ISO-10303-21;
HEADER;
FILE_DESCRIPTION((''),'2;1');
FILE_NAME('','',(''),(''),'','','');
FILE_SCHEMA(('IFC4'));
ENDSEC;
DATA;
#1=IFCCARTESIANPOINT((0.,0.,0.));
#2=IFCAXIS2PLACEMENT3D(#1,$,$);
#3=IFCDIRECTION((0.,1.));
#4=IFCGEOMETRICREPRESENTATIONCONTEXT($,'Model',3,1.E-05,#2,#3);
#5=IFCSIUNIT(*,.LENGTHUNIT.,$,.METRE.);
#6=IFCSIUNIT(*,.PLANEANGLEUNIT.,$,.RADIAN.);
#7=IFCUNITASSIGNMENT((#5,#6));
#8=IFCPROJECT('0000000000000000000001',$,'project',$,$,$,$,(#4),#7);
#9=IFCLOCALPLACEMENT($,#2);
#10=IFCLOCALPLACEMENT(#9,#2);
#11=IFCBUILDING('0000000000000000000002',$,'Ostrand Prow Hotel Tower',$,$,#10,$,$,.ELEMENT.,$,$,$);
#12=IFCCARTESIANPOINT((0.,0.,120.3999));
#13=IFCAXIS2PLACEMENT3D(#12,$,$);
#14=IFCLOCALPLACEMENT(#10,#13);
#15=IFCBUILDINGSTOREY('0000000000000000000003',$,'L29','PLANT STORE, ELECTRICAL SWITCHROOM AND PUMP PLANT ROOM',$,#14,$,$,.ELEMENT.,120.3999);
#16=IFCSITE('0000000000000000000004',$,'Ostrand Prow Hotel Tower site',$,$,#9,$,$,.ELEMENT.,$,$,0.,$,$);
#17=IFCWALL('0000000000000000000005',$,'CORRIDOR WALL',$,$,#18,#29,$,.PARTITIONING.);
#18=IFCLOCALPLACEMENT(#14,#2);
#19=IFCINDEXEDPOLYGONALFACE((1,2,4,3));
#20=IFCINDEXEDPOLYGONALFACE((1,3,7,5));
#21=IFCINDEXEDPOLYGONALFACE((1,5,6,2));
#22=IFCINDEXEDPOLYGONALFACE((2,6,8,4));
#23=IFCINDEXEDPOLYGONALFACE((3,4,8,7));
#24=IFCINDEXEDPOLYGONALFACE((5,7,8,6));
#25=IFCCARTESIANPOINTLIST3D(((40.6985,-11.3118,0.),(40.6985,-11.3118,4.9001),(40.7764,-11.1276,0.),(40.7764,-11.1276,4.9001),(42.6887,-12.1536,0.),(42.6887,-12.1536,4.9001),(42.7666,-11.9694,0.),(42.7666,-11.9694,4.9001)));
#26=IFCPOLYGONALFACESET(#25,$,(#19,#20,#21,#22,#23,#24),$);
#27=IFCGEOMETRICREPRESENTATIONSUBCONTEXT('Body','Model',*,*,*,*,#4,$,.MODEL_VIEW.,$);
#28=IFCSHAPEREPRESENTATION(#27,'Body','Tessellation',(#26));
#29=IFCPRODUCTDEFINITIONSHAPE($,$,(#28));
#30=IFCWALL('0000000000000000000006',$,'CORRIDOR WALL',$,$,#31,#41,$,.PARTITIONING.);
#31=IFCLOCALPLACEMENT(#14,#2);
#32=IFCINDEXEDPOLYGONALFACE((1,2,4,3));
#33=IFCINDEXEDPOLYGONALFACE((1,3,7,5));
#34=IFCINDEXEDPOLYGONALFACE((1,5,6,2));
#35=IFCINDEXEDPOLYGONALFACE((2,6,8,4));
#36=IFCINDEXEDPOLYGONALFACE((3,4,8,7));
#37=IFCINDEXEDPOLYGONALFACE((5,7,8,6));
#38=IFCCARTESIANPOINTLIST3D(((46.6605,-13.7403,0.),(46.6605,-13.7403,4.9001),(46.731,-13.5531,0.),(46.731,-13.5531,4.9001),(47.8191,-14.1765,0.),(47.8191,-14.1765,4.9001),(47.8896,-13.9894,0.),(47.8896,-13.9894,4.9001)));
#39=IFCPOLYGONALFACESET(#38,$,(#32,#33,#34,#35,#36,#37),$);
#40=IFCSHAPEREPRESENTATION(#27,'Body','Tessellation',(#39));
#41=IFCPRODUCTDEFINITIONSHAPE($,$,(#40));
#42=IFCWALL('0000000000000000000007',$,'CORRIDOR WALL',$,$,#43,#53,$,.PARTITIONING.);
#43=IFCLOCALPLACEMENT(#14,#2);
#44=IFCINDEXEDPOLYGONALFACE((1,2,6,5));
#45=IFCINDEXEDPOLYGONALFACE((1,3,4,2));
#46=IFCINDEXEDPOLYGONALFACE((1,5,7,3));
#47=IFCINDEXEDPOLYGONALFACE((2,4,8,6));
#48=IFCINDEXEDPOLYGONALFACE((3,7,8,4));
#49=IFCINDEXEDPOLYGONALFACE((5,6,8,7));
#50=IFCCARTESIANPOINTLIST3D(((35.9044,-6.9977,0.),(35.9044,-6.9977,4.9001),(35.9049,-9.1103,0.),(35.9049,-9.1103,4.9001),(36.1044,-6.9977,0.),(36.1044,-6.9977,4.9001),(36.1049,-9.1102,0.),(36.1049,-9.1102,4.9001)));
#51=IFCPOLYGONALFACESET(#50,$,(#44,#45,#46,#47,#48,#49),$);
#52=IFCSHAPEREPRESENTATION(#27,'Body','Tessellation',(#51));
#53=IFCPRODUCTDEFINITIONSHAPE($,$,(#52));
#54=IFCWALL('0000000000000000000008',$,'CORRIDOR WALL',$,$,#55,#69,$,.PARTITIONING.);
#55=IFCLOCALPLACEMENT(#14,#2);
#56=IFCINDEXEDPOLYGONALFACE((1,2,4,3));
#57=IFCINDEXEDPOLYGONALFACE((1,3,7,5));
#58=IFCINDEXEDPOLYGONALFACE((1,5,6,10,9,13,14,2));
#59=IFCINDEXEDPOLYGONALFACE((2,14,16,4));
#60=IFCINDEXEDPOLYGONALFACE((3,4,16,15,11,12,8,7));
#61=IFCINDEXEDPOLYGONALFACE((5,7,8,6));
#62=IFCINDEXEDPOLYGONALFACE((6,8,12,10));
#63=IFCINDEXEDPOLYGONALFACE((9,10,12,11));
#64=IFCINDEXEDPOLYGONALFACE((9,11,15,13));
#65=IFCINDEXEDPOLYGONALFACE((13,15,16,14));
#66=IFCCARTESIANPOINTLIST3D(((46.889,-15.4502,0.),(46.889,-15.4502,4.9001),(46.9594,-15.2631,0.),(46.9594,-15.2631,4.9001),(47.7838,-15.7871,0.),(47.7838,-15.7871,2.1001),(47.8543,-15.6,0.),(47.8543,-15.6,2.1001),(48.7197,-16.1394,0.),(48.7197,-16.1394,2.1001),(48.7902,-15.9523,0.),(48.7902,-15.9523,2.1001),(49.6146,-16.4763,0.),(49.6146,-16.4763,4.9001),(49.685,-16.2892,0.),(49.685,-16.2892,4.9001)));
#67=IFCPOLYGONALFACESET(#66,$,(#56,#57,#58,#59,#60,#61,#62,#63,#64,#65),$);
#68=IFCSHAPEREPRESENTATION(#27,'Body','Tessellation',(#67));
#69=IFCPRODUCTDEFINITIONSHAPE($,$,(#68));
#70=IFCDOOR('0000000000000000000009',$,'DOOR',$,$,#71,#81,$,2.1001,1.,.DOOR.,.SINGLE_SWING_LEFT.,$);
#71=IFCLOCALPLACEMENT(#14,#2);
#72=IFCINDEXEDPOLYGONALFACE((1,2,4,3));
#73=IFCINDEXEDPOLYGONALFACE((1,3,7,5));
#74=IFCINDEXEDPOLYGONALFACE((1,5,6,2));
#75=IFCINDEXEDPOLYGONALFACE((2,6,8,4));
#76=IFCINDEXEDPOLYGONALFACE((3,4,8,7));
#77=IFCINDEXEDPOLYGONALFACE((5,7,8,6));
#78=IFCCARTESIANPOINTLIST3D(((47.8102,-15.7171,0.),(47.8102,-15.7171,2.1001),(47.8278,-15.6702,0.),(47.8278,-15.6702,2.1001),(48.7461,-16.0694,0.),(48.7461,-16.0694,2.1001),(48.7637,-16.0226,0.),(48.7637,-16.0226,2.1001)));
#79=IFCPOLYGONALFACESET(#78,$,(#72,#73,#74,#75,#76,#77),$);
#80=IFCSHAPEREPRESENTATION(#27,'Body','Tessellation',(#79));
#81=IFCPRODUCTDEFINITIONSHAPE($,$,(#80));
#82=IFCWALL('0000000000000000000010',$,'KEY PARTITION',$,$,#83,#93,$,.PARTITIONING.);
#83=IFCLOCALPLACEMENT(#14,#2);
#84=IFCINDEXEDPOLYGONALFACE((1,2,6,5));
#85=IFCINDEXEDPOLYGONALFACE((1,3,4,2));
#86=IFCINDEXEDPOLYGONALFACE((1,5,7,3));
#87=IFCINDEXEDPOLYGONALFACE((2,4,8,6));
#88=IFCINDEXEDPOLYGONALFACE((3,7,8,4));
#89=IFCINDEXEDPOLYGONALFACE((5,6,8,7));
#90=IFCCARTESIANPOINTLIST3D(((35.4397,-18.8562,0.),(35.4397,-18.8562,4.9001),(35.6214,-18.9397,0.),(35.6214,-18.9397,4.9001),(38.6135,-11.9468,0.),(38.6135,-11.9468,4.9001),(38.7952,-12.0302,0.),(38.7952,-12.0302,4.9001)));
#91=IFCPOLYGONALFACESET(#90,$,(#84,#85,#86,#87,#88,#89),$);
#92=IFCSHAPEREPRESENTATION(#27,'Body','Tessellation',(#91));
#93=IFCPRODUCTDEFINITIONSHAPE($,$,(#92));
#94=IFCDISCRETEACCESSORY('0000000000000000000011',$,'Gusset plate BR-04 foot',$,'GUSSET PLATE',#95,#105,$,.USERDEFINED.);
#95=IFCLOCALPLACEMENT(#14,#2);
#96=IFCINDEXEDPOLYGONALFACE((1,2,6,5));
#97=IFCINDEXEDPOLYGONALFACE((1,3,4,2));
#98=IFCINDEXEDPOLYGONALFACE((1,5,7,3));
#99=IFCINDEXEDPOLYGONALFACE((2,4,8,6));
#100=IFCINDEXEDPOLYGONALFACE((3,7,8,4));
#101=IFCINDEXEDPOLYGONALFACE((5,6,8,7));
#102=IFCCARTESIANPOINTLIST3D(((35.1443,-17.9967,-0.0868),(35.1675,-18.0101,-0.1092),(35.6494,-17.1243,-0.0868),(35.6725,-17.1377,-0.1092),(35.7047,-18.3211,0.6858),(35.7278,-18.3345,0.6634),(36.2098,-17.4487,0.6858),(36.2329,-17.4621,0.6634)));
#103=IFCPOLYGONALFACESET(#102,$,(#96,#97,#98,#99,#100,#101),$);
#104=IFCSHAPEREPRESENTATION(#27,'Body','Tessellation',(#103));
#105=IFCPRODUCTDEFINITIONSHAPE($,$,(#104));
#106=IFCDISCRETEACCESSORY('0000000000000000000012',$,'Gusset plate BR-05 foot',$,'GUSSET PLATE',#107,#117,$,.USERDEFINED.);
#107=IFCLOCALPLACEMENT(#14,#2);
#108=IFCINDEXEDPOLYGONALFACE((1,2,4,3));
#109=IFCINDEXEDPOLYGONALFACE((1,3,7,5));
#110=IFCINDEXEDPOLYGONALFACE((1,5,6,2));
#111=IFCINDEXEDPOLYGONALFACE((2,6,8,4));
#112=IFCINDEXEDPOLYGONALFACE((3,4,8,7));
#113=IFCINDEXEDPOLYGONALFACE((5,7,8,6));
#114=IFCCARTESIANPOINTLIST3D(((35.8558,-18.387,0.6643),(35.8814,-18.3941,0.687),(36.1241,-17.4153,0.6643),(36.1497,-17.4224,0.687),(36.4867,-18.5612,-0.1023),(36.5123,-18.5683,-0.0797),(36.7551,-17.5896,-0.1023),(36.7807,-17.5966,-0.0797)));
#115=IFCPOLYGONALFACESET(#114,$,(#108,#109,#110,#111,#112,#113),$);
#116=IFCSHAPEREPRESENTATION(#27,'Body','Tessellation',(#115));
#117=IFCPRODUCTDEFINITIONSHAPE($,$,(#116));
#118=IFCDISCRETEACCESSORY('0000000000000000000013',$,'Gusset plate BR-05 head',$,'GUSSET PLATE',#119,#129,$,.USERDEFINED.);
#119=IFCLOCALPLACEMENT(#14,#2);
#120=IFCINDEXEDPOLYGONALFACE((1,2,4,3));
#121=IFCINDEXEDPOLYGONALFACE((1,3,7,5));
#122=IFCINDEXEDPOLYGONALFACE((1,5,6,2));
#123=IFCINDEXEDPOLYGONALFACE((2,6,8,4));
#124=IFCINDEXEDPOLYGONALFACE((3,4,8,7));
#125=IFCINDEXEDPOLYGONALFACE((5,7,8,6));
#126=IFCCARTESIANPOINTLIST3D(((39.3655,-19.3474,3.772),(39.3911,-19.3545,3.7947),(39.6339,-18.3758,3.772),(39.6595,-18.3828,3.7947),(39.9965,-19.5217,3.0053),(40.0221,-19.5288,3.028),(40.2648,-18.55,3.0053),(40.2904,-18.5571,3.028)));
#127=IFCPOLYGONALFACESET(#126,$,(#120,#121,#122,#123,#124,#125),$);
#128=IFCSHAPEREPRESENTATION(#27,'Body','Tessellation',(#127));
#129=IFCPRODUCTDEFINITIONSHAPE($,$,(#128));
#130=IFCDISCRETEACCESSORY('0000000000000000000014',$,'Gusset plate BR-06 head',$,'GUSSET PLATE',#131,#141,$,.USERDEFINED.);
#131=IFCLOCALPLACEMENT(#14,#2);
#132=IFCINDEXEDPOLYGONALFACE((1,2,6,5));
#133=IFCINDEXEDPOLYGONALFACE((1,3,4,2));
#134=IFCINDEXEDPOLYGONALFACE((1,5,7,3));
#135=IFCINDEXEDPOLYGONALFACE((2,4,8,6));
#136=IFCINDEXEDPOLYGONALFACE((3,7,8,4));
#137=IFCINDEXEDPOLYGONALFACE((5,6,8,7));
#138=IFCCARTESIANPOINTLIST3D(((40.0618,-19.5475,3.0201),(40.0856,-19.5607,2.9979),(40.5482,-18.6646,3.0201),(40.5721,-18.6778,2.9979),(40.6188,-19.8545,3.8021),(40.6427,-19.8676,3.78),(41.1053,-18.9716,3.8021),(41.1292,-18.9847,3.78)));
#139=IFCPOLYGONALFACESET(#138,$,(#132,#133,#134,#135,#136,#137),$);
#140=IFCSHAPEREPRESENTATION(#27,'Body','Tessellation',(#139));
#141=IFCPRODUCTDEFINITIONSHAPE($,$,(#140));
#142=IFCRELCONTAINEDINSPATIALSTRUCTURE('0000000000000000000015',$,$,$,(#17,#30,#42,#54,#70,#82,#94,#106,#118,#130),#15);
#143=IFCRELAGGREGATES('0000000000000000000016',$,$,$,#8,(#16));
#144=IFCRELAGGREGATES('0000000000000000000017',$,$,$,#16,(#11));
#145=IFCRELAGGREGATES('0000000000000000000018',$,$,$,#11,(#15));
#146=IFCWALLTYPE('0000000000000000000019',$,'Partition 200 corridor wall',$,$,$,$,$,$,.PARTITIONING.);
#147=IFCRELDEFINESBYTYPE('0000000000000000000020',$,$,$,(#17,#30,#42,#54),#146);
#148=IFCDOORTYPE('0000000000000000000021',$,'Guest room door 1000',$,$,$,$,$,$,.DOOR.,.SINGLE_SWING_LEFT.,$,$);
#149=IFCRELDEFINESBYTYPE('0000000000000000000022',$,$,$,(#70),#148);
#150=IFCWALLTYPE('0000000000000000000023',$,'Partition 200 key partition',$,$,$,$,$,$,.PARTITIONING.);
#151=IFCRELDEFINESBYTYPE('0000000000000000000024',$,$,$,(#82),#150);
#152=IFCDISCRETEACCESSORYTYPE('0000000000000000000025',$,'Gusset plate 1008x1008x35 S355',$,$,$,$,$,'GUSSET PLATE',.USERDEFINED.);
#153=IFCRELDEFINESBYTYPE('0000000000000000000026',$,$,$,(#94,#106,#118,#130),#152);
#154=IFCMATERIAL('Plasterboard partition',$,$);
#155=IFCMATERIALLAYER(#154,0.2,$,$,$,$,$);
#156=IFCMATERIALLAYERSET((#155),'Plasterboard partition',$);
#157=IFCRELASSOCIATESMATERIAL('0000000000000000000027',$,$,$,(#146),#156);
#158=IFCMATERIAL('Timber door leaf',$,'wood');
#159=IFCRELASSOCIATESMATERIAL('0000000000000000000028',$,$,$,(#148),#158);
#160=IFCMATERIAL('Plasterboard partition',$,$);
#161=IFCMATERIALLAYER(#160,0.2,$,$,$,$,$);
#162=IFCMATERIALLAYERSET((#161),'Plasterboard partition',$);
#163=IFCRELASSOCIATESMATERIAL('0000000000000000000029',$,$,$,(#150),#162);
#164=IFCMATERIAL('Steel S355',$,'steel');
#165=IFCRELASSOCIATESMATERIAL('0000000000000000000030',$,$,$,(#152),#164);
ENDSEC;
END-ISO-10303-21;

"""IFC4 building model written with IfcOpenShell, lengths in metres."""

from ifc_helpers import new_model, si_unit, direction, frame, frame_2d, origin, origin_2d, place, context, subcontext, project, spatial, rectangle, extrude, material, layer, layer_set, material_profile, profile_set, type_object, element, fill, save


model = new_model("IFC4")

# Units and contexts
model_context = context("Model", 3, precision=1e-05, world=origin(), true_north=direction((0.0, 1.0)))
body_context = subcontext(model_context, "Body", "Model", "MODEL_VIEW")
ifc_project = project(units=[si_unit("LENGTHUNIT", "METRE"), si_unit("PLANEANGLEUNIT", "RADIAN")], contexts=[model_context])

# Site, building, storey
site_placement = place(None, origin())
site = spatial("IfcSite", under=ifc_project, at=site_placement, Name="Ostrand Prow Hotel Tower site", CompositionType="ELEMENT", RefElevation=0.0)
building_placement = place(site_placement, origin())
building = spatial("IfcBuilding", under=site, at=building_placement, Name="Ostrand Prow Hotel Tower", CompositionType="ELEMENT")
storey_placement = place(building_placement, frame((0.0, 0.0, 120.3999)))
storey = spatial("IfcBuildingStorey", under=building, at=storey_placement, Name="L29", Description="PLANT STORE, ELECTRICAL SWITCHROOM AND PUMP PLANT ROOM", CompositionType="ELEMENT", Elevation=120.3999)

# Shared definitions
ifc_material_1 = material(Name="Plasterboard partition")
ifc_layer_1 = layer(ifc_material_1, 0.2)
ifc_layer_set_1 = layer_set([ifc_layer_1], Name="Plasterboard partition")
wall_type_1 = type_object("IfcWallType", Name="Partition 200 corridor wall", PredefinedType="PARTITIONING", material=ifc_layer_set_1)
ifc_material_2 = material(Name="Timber door leaf", Category="wood")
door_type_1 = type_object("IfcDoorType", Name="Guest room door 1000", OperationType="SINGLE_SWING_LEFT", PredefinedType="DOOR", material=ifc_material_2)

# Walls
wall_1_placement = place(storey_placement, frame((42.7278, -12.0615, 0.0), z_axis=(0.0, 0.0, 1.0), x_axis=(-0.921005, 0.389552, 0.0)))
element("IfcWall", 1, at=wall_1_placement, inside=storey, type_object=wall_type_1, Name="CORRIDOR WALL", PredefinedType="PARTITIONING", context=body_context, shape_type="SweptSolid", body=[
    extrude(rectangle(XDim=2.1609, YDim=0.2, at=frame_2d((1.0806, 0.0))), origin(), (0.0, 0.0, 1.0), 4.9001),
])
wall_2_placement = place(storey_placement, frame((47.8545, -14.083, 0.0), z_axis=(0.0, 0.0, 1.0), x_axis=(-0.935858, 0.352376, 0.0)))
element("IfcWall", 2, at=wall_2_placement, inside=storey, type_object=wall_type_1, Name="CORRIDOR WALL", PredefinedType="PARTITIONING", context=body_context, shape_type="SweptSolid", body=[
    extrude(rectangle(XDim=1.238, YDim=0.2, at=frame_2d((0.6191, 0.0))), origin(), (0.0, 0.0, 1.0), 4.9001),
])
wall_3_placement = place(storey_placement, frame((36.0049, -9.1101, 0.0), z_axis=(0.0, 0.0, 1.0), x_axis=(-0.000231, 1.0, 0.0)))
element("IfcWall", 3, at=wall_3_placement, inside=storey, type_object=wall_type_1, Name="CORRIDOR WALL", PredefinedType="PARTITIONING", context=body_context, shape_type="SweptSolid", body=[
    extrude(rectangle(XDim=2.1125, YDim=0.2, at=frame_2d((1.0562, 0.0))), origin(), (0.0, 0.0, 1.0), 4.9001),
])

# Wall, opening, door
wall_4_placement = place(storey_placement, frame((46.9243, -15.3567, 0.0), z_axis=(0.0, 0.0, 1.0), x_axis=(0.935874, -0.352336, 0.0)))
wall_4 = element("IfcWall", 4, at=wall_4_placement, inside=storey, type_object=wall_type_1, Name="CORRIDOR WALL", PredefinedType="PARTITIONING", context=body_context, shape_type="SweptSolid", body=[
    extrude(rectangle(XDim=2.9124, YDim=0.2, at=frame_2d((1.4561, 0.0))), origin(), (0.0, 0.0, 1.0), 4.9001),
])
opening_1_placement = place(wall_4_placement, frame((0.9561, 0.0, 0.0)))
opening_1 = element("IfcOpeningElement", 5, at=opening_1_placement, cuts=wall_4, PredefinedType="OPENING", context=body_context, shape_type="SweptSolid", body=[
    extrude(rectangle(XDim=1.0, YDim=2.1001, at=frame_2d((0.5, 1.05))), frame((0.0, 0.1099, 0.0), z_axis=(0.0, -1.0, 0.0), x_axis=(1.0, 0.0, 0.0)), (0.0, 0.0, 1.0), 0.22),
])
door_1_placement = place(opening_1_placement, origin())
door_1 = element("IfcDoor", 6, at=door_1_placement, inside=storey, type_object=door_type_1, Name="DOOR", OperationType="SINGLE_SWING_LEFT", OverallHeight=2.1001, OverallWidth=1.0, PredefinedType="DOOR", context=body_context, shape_type="SweptSolid", body=[
    extrude(rectangle(XDim=1.0, YDim=2.1001, at=frame_2d((0.5, 1.05))), frame((0.0, 0.0249, 0.0), z_axis=(0.0, -1.0, 0.0), x_axis=(1.0, 0.0, 0.0)), (0.0, 0.0, 1.0), 0.05),
])
fill(opening_1, door_1)

# Wall
ifc_material_3 = material(Name="Plasterboard partition")
ifc_layer_2 = layer(ifc_material_3, 0.2)
ifc_layer_set_2 = layer_set([ifc_layer_2], Name="Plasterboard partition")
wall_type_2 = type_object("IfcWallType", Name="Partition 200 key partition", PredefinedType="PARTITIONING", material=ifc_layer_set_2)
wall_5_placement = place(storey_placement, frame((35.5305, -18.8979, 0.0), z_axis=(0.0, 0.0, 1.0), x_axis=(0.417416, 0.908715, 0.0)))
element("IfcWall", 7, at=wall_5_placement, inside=storey, type_object=wall_type_2, Name="KEY PARTITION", PredefinedType="PARTITIONING", context=body_context, shape_type="SweptSolid", body=[
    extrude(rectangle(XDim=7.6035, YDim=0.2, at=frame_2d((3.8018, 0.0))), origin(), (0.0, 0.0, 1.0), 4.9001),
])

# Discrete accessories
ifc_material_4 = material(Name="Steel S355", Category="steel")
ifc_material_profile_1 = material_profile(ifc_material_4, rectangle(XDim=1.0081, YDim=1.0081, at=origin_2d()), Name="PL 1008x1008x35")
ifc_profile_set_1 = profile_set([ifc_material_profile_1], Name="Steel S355")
discrete_accessory_type = type_object("IfcDiscreteAccessoryType", Name="Gusset plate 1008x1008x35 S355", ElementType="GUSSET PLATE", PredefinedType="USERDEFINED", material=ifc_profile_set_1)
for number, where, z_axis, x_axis, name in (
    (8, (35.7002, -17.7361, 0.2771), (-0.663282, 0.384006, 0.642337), (-0.501036, -0.865426, 0.0), "Gusset plate BR-04 foot"),
    (9, (36.3054, -17.9883, 0.281), (0.733084, -0.202471, 0.649303), (0.266223, 0.963911, 0.0), "Gusset plate BR-05 foot"),
    (10, (39.8152, -18.9487, 3.3887), (0.733084, -0.202471, 0.649303), (0.266223, 0.963911, 0.0), "Gusset plate BR-05 head"),
):
    element("IfcDiscreteAccessory", number, at=place(storey_placement, frame(where, z_axis=z_axis, x_axis=x_axis)), inside=storey, type_object=discrete_accessory_type, Name=name, ObjectType="GUSSET PLATE", PredefinedType="USERDEFINED", context=body_context, shape_type="SweptSolid", body=[
        extrude(rectangle(XDim=1.0081, YDim=1.0081, at=origin_2d()), origin(), (0.0, 0.0, 1.0), 0.0349),
    ])
discrete_accessory_placement = place(storey_placement, frame((40.6074, -19.2727, 3.3889), z_axis=(-0.679491, 0.374414, 0.630956), x_axis=(-0.482605, -0.875838, 0.0)))
element("IfcDiscreteAccessory", 11, at=discrete_accessory_placement, inside=storey, type_object=discrete_accessory_type, Name="Gusset plate BR-06 head", ObjectType="GUSSET PLATE", PredefinedType="USERDEFINED", context=body_context, shape_type="SweptSolid", body=[
    extrude(rectangle(XDim=1.0081, YDim=1.0081, at=origin_2d()), origin(), (0.0, 0.0, 1.0), 0.0352),
])

save(model, "model.ifc")
